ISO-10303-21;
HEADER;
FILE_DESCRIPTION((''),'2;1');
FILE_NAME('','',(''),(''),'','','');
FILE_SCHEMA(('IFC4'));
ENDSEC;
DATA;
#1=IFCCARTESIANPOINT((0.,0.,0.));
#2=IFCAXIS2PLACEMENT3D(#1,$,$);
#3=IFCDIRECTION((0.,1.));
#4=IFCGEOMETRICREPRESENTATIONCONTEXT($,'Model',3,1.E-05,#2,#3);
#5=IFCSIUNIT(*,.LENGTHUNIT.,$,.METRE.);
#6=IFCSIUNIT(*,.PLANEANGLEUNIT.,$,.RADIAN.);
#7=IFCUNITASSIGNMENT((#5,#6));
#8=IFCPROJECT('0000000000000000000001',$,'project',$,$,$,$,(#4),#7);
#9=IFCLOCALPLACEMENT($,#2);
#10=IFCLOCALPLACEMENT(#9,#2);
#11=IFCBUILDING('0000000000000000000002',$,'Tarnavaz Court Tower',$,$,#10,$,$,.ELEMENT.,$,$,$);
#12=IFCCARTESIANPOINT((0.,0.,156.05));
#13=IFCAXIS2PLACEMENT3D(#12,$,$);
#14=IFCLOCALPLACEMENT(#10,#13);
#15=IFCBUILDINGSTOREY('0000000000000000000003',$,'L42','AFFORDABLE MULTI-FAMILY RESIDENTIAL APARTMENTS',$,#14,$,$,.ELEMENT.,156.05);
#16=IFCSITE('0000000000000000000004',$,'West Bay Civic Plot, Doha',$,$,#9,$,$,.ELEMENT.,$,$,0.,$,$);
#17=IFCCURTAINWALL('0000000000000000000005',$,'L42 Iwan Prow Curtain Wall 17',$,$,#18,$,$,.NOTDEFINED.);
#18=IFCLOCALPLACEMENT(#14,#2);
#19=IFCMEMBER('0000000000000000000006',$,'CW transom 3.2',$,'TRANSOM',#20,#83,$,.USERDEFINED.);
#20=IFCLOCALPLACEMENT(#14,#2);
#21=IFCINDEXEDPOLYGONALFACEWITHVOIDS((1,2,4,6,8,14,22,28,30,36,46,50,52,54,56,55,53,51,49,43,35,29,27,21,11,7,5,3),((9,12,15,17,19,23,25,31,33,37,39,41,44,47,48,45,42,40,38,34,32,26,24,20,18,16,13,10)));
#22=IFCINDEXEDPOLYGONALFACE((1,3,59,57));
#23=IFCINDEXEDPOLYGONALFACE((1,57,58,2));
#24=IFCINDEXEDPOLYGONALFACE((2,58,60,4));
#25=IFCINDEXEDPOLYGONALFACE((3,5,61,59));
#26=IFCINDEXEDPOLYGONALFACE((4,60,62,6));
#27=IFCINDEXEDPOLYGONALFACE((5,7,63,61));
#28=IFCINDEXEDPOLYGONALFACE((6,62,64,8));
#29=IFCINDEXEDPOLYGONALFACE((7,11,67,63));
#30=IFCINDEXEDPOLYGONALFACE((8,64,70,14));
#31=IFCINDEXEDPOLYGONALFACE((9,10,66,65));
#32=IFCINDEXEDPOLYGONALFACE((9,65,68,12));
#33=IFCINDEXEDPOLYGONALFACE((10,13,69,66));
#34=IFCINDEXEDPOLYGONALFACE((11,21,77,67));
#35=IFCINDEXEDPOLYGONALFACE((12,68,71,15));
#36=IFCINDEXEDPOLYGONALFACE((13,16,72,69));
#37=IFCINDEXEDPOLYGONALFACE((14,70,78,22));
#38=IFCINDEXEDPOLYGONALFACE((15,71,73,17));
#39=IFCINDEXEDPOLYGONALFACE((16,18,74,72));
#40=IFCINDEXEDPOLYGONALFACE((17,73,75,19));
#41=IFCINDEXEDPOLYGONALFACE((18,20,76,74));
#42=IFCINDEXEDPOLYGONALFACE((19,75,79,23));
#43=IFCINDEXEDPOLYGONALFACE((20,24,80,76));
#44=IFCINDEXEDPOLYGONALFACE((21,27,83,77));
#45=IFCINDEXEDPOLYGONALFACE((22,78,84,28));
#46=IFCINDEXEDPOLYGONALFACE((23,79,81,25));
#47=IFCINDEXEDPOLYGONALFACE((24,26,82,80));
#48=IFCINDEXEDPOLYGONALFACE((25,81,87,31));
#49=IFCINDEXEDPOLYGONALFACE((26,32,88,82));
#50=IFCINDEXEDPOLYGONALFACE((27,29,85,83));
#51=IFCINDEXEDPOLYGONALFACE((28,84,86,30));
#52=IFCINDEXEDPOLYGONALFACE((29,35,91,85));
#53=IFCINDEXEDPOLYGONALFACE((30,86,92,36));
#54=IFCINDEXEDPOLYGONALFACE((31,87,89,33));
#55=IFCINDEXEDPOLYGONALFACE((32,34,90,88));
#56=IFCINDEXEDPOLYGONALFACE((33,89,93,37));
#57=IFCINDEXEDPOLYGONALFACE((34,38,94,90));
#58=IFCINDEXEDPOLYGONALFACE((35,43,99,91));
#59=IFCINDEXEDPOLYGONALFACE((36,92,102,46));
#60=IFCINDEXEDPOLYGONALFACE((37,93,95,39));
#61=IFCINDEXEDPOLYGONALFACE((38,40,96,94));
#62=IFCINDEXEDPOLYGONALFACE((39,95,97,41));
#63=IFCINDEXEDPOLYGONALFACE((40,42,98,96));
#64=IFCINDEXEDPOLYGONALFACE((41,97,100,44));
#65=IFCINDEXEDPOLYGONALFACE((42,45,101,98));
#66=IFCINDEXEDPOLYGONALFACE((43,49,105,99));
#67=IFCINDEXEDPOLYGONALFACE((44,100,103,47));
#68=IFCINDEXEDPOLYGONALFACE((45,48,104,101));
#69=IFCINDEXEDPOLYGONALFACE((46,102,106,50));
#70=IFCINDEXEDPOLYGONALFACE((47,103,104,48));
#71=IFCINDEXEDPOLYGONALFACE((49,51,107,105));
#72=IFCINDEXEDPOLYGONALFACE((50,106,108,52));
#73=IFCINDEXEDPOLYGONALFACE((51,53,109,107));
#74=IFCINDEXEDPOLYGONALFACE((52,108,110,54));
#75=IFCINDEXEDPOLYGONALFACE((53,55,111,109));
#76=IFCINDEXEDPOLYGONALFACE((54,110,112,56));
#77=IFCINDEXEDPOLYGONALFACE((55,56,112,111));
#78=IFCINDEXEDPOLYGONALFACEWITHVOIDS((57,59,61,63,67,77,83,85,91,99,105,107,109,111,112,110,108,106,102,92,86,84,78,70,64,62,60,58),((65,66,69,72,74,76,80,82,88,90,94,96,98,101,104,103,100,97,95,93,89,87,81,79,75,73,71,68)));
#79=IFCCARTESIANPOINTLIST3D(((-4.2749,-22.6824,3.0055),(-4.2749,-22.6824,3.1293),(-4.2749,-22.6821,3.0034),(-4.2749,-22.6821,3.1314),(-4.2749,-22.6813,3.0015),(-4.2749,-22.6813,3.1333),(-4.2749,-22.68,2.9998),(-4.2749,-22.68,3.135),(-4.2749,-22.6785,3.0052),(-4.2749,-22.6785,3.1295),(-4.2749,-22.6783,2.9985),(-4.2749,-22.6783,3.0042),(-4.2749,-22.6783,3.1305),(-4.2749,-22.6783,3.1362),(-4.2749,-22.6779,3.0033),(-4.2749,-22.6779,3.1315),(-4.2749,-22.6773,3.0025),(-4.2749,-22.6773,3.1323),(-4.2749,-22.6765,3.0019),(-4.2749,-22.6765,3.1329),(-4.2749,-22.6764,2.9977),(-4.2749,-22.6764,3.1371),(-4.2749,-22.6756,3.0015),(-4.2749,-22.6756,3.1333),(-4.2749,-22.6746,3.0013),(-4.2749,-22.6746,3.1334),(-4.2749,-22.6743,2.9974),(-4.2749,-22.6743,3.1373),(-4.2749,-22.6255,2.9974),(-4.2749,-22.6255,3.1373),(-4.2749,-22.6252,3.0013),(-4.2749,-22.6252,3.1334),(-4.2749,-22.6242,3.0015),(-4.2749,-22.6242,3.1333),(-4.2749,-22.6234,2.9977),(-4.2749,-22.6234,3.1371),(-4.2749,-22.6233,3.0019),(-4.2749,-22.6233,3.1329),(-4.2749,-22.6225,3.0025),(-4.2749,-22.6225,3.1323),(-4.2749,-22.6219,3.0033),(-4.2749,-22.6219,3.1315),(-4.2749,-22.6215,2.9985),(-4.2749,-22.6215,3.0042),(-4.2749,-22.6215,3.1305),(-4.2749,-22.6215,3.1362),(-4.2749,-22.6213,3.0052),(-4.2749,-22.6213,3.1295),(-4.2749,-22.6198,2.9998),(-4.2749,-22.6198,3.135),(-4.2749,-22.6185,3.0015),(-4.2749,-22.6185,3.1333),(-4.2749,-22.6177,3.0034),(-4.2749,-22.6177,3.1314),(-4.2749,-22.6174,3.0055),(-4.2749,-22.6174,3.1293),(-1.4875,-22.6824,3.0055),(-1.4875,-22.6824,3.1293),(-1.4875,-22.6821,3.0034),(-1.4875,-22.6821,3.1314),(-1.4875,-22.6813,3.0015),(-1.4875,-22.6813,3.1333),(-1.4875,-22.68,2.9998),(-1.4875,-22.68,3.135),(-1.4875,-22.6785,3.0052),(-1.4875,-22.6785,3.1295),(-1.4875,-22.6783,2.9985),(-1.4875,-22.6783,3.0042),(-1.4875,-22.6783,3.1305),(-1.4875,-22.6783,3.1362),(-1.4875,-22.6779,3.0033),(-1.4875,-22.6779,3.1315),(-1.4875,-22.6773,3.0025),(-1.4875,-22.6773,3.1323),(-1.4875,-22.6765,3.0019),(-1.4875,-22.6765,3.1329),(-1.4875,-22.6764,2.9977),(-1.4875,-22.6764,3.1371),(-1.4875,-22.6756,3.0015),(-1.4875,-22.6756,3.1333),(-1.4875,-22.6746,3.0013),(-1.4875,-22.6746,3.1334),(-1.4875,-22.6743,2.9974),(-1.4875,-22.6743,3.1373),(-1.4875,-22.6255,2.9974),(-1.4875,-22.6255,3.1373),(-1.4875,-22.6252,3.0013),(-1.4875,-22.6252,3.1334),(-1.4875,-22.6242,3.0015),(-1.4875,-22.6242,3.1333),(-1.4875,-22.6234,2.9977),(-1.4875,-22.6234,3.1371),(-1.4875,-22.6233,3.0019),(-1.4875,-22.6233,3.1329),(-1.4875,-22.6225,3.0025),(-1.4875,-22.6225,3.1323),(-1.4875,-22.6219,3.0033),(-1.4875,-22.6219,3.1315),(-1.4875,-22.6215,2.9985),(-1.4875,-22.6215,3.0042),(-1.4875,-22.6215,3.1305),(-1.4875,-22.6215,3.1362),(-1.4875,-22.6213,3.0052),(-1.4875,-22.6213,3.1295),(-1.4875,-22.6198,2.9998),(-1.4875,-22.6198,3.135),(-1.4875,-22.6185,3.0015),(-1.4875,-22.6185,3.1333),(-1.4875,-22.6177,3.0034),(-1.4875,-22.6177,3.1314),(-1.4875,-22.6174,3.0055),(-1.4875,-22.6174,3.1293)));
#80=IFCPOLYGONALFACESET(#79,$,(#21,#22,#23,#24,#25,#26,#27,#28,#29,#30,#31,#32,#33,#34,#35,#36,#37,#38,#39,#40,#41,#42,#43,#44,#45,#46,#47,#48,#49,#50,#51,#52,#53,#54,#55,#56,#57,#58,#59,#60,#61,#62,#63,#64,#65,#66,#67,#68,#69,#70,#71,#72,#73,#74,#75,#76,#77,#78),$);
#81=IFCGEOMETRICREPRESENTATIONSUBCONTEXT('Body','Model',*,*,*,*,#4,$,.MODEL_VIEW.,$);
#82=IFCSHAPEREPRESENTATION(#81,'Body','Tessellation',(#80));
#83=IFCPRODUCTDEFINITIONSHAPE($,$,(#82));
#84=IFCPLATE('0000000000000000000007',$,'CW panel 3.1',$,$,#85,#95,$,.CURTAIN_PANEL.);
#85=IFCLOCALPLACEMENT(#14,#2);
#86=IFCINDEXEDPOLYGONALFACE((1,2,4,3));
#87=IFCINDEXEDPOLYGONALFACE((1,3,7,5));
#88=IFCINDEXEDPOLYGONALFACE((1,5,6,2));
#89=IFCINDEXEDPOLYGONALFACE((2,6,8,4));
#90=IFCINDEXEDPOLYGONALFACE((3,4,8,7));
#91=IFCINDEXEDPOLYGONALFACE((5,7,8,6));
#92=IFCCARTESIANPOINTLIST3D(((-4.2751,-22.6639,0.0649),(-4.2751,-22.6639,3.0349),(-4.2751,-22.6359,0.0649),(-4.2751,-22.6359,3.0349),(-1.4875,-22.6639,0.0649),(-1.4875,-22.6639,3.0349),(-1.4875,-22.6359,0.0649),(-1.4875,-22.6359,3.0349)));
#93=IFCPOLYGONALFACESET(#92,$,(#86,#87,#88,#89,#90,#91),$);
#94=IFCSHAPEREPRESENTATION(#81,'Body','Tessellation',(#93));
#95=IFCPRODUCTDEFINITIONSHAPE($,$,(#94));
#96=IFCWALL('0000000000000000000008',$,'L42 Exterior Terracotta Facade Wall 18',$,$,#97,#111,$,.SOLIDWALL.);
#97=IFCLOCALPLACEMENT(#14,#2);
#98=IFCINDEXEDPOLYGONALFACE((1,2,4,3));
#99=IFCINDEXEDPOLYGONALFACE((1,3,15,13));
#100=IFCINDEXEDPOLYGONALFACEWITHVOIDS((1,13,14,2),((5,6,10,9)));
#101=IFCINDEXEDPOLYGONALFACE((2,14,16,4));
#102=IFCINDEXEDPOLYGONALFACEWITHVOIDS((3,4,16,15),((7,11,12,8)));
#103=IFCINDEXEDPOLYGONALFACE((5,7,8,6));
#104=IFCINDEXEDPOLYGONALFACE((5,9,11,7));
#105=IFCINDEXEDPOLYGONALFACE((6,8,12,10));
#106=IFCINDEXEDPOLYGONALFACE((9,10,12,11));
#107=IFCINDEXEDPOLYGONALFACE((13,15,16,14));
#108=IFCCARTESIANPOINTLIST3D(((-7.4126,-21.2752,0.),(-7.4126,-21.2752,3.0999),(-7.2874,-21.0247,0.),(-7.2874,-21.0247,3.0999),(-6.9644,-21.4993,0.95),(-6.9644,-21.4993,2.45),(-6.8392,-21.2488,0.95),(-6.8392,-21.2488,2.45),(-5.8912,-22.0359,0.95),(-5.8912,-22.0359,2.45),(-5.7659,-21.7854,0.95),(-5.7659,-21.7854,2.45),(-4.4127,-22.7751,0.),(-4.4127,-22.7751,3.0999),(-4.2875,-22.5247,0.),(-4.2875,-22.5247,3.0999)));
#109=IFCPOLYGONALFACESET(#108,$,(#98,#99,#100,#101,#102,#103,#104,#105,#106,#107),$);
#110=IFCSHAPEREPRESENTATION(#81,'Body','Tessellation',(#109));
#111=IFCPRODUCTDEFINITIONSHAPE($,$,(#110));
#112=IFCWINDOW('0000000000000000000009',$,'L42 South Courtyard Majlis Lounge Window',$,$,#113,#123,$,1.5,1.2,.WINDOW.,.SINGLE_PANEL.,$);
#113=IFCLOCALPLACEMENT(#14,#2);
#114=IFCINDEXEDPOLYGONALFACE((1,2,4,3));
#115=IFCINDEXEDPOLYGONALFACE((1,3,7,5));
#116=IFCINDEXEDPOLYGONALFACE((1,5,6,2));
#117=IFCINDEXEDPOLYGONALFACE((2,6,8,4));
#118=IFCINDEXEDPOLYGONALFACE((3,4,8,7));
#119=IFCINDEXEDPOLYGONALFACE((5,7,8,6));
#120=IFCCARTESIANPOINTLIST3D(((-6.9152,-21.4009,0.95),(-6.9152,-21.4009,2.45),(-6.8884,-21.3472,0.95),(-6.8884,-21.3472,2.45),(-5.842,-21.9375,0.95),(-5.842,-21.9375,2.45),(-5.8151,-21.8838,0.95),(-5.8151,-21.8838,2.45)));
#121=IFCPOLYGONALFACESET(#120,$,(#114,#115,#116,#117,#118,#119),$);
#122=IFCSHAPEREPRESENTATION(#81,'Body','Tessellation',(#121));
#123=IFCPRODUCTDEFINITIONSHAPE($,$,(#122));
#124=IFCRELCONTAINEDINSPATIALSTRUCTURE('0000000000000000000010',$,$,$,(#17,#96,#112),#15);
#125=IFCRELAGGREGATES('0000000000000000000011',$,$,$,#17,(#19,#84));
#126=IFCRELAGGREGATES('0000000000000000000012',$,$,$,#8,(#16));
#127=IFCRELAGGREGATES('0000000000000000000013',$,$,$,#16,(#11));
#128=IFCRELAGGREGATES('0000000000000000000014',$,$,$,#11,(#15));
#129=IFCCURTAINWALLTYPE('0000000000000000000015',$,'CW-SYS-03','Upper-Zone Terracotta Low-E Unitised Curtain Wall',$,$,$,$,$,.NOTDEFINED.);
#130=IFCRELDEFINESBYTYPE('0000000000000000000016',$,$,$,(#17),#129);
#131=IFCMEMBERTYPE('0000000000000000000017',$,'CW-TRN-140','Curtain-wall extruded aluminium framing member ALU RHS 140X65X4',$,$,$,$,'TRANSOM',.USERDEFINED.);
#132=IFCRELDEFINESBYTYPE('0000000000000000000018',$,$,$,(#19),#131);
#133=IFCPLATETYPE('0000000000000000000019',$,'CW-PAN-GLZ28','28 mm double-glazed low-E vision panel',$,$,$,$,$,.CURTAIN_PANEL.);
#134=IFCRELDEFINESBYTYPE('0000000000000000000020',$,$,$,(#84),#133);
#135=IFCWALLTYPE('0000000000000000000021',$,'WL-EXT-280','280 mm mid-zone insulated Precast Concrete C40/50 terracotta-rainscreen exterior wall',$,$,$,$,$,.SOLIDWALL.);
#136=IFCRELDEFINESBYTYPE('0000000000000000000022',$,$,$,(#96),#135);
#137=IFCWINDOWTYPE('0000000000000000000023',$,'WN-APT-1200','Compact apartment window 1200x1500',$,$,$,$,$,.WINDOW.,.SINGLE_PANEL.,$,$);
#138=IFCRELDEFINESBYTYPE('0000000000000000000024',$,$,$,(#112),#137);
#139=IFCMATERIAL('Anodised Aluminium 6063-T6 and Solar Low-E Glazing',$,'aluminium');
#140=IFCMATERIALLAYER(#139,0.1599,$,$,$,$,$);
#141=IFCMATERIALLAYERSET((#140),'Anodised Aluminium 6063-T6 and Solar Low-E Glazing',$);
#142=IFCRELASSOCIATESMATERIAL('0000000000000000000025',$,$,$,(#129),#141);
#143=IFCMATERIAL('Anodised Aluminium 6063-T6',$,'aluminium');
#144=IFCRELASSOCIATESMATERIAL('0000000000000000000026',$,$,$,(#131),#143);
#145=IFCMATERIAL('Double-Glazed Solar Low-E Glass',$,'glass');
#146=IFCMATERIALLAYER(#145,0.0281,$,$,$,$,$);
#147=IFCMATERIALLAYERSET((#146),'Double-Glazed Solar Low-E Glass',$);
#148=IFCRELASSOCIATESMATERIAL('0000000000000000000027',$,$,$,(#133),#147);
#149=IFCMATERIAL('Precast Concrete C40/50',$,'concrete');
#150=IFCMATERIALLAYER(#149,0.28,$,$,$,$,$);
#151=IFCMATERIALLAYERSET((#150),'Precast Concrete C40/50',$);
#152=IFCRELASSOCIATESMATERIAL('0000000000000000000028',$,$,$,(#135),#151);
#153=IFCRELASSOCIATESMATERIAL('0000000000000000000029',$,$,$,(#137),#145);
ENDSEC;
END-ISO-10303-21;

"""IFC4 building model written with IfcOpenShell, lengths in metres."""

from ifc_helpers import new_model, si_unit, direction, frame, frame_2d, origin, origin_2d, place, context, subcontext, project, spatial, rectangle, hollow_rectangle, extrude, material, layer, layer_set, material_profile, profile_set, type_object, element, fill, aggregate, save


model = new_model("IFC4")

# Units and contexts
model_context = context("Model", 3, precision=1e-05, world=origin(), true_north=direction((0.0, 1.0)))
body_context = subcontext(model_context, "Body", "Model", "MODEL_VIEW")
ifc_project = project(units=[si_unit("LENGTHUNIT", "METRE"), si_unit("PLANEANGLEUNIT", "RADIAN")], contexts=[model_context])

# Site, building, storey
site_placement = place(None, origin())
site = spatial("IfcSite", under=ifc_project, at=site_placement, Name="West Bay Civic Plot, Doha", CompositionType="ELEMENT", RefElevation=0.0)
building_placement = place(site_placement, origin())
building = spatial("IfcBuilding", under=site, at=building_placement, Name="Tarnavaz Court Tower", CompositionType="ELEMENT")
storey_placement = place(building_placement, frame((0.0, 0.0, 156.05)))
storey = spatial("IfcBuildingStorey", under=building, at=storey_placement, Name="L42", Description="AFFORDABLE MULTI-FAMILY RESIDENTIAL APARTMENTS", CompositionType="ELEMENT", Elevation=156.05)

# Curtain wall, member, plate
ifc_material_1 = material(Name="Anodised Aluminium 6063-T6 and Solar Low-E Glazing", Category="aluminium")
ifc_layer_1 = layer(ifc_material_1, 0.1599)
ifc_layer_set_1 = layer_set([ifc_layer_1], Name="Anodised Aluminium 6063-T6 and Solar Low-E Glazing")
curtain_wall_type = type_object("IfcCurtainWallType", Name="CW-SYS-03", Description="Upper-Zone Terracotta Low-E Unitised Curtain Wall", PredefinedType="NOTDEFINED", material=ifc_layer_set_1)
curtain_wall_placement = place(storey_placement, origin())
curtain_wall = element("IfcCurtainWall", 1, at=curtain_wall_placement, inside=storey, type_object=curtain_wall_type, Name="L42 Iwan Prow Curtain Wall 17", PredefinedType="NOTDEFINED")
ifc_material_2 = material(Name="Anodised Aluminium 6063-T6", Category="aluminium")
ifc_material_profile_1 = material_profile(ifc_material_2, hollow_rectangle(XDim=0.0649, YDim=0.1399, WallThickness=0.0039, InnerFilletRadius=0.0039, OuterFilletRadius=0.0081, at=origin_2d()), Name="ALU RHS 140X65X4")
ifc_profile_set_1 = profile_set([ifc_material_profile_1], Name="Anodised Aluminium 6063-T6")
member_type_1 = type_object("IfcMemberType", Name="CW-TRN-140", Description="Curtain-wall extruded aluminium framing member ALU RHS 140X65X4", ElementType="TRANSOM", PredefinedType="USERDEFINED", material=ifc_profile_set_1)
member_1_placement = place(storey_placement, frame((-1.4875, -22.6499, 3.0674), z_axis=(-1.0, 0.0, 0.0), x_axis=(0.0, -1.0, 0.0)))
member_1 = element("IfcMember", 2, at=member_1_placement, type_object=member_type_1, Name="CW transom 3.2", ObjectType="TRANSOM", PredefinedType="USERDEFINED", context=body_context, shape_type="SweptSolid", body=[
    extrude(hollow_rectangle(XDim=0.0649, YDim=0.1399, WallThickness=0.0039, InnerFilletRadius=0.0039, OuterFilletRadius=0.0081, at=origin_2d()), origin(), (0.0, 0.0, 1.0), 2.7874),
])
ifc_material_3 = material(Name="Double-Glazed Solar Low-E Glass", Category="glass")
ifc_layer_2 = layer(ifc_material_3, 0.0281)
ifc_layer_set_2 = layer_set([ifc_layer_2], Name="Double-Glazed Solar Low-E Glass")
plate_type = type_object("IfcPlateType", Name="CW-PAN-GLZ28", Description="28 mm double-glazed low-E vision panel", PredefinedType="CURTAIN_PANEL", material=ifc_layer_set_2)
plate_placement = place(storey_placement, frame((-2.8813, -22.6499, 0.0649), z_axis=(0.0, 0.0, 1.0), x_axis=(-1.0, 0.0, 0.0)))
plate = element("IfcPlate", 3, at=plate_placement, type_object=plate_type, Name="CW panel 3.1", PredefinedType="CURTAIN_PANEL", context=body_context, shape_type="SweptSolid", body=[
    extrude(rectangle(XDim=2.7876, YDim=0.0281, at=origin_2d()), origin(), (0.0, 0.0, 1.0), 2.97),
])
aggregate(curtain_wall, [member_1, plate])

# Wall, opening, window
ifc_material_4 = material(Name="Precast Concrete C40/50", Category="concrete")
ifc_layer_3 = layer(ifc_material_4, 0.28)
ifc_layer_set_3 = layer_set([ifc_layer_3], Name="Precast Concrete C40/50")
wall_type_1 = type_object("IfcWallType", Name="WL-EXT-280", Description="280 mm mid-zone insulated Precast Concrete C40/50 terracotta-rainscreen exterior wall", PredefinedType="SOLIDWALL", material=ifc_layer_set_3)
wall_1_placement = place(storey_placement, frame((-4.3501, -22.6499, 0.0), z_axis=(0.0, 0.0, 1.0), x_axis=(-0.894427, 0.447214, 0.0)))
wall_1 = element("IfcWall", 4, at=wall_1_placement, inside=storey, type_object=wall_type_1, Name="L42 Exterior Terracotta Facade Wall 18", PredefinedType="SOLIDWALL", context=body_context, shape_type="SweptSolid", body=[
    extrude(rectangle(XDim=3.354, YDim=0.28, at=frame_2d((1.677, 0.0))), origin(), (0.0, 0.0, 1.0), 3.0999),
])
opening_1_placement = place(wall_1_placement, frame((1.6528, 0.0, 0.95)))
opening_1 = element("IfcOpeningElement", 5, at=opening_1_placement, cuts=wall_1, PredefinedType="OPENING", context=body_context, shape_type="SweptSolid", body=[
    extrude(rectangle(XDim=1.2, YDim=1.5, at=frame_2d((0.6001, 0.75))), frame((0.0, 0.1499, 0.0), z_axis=(0.0, -1.0, 0.0), x_axis=(1.0, 0.0, 0.0)), (0.0, 0.0, 1.0), 0.3),
])
window_type_1 = type_object("IfcWindowType", Name="WN-APT-1200", Description="Compact apartment window 1200x1500", PartitioningType="SINGLE_PANEL", PredefinedType="WINDOW", material=ifc_material_3)
window_1_placement = place(opening_1_placement, origin())
window_1 = element("IfcWindow", 6, at=window_1_placement, inside=storey, type_object=window_type_1, Name="L42 South Courtyard Majlis Lounge Window", OverallHeight=1.5, OverallWidth=1.2, PartitioningType="SINGLE_PANEL", PredefinedType="WINDOW", context=body_context, shape_type="SweptSolid", body=[
    extrude(rectangle(XDim=1.2, YDim=1.5, at=frame_2d((0.6001, 0.75))), frame((0.0, 0.03, 0.0), z_axis=(0.0, -1.0, 0.0), x_axis=(1.0, 0.0, 0.0)), (0.0, 0.0, 1.0), 0.0601),
])
fill(opening_1, window_1)

save(model, "model.ifc")
